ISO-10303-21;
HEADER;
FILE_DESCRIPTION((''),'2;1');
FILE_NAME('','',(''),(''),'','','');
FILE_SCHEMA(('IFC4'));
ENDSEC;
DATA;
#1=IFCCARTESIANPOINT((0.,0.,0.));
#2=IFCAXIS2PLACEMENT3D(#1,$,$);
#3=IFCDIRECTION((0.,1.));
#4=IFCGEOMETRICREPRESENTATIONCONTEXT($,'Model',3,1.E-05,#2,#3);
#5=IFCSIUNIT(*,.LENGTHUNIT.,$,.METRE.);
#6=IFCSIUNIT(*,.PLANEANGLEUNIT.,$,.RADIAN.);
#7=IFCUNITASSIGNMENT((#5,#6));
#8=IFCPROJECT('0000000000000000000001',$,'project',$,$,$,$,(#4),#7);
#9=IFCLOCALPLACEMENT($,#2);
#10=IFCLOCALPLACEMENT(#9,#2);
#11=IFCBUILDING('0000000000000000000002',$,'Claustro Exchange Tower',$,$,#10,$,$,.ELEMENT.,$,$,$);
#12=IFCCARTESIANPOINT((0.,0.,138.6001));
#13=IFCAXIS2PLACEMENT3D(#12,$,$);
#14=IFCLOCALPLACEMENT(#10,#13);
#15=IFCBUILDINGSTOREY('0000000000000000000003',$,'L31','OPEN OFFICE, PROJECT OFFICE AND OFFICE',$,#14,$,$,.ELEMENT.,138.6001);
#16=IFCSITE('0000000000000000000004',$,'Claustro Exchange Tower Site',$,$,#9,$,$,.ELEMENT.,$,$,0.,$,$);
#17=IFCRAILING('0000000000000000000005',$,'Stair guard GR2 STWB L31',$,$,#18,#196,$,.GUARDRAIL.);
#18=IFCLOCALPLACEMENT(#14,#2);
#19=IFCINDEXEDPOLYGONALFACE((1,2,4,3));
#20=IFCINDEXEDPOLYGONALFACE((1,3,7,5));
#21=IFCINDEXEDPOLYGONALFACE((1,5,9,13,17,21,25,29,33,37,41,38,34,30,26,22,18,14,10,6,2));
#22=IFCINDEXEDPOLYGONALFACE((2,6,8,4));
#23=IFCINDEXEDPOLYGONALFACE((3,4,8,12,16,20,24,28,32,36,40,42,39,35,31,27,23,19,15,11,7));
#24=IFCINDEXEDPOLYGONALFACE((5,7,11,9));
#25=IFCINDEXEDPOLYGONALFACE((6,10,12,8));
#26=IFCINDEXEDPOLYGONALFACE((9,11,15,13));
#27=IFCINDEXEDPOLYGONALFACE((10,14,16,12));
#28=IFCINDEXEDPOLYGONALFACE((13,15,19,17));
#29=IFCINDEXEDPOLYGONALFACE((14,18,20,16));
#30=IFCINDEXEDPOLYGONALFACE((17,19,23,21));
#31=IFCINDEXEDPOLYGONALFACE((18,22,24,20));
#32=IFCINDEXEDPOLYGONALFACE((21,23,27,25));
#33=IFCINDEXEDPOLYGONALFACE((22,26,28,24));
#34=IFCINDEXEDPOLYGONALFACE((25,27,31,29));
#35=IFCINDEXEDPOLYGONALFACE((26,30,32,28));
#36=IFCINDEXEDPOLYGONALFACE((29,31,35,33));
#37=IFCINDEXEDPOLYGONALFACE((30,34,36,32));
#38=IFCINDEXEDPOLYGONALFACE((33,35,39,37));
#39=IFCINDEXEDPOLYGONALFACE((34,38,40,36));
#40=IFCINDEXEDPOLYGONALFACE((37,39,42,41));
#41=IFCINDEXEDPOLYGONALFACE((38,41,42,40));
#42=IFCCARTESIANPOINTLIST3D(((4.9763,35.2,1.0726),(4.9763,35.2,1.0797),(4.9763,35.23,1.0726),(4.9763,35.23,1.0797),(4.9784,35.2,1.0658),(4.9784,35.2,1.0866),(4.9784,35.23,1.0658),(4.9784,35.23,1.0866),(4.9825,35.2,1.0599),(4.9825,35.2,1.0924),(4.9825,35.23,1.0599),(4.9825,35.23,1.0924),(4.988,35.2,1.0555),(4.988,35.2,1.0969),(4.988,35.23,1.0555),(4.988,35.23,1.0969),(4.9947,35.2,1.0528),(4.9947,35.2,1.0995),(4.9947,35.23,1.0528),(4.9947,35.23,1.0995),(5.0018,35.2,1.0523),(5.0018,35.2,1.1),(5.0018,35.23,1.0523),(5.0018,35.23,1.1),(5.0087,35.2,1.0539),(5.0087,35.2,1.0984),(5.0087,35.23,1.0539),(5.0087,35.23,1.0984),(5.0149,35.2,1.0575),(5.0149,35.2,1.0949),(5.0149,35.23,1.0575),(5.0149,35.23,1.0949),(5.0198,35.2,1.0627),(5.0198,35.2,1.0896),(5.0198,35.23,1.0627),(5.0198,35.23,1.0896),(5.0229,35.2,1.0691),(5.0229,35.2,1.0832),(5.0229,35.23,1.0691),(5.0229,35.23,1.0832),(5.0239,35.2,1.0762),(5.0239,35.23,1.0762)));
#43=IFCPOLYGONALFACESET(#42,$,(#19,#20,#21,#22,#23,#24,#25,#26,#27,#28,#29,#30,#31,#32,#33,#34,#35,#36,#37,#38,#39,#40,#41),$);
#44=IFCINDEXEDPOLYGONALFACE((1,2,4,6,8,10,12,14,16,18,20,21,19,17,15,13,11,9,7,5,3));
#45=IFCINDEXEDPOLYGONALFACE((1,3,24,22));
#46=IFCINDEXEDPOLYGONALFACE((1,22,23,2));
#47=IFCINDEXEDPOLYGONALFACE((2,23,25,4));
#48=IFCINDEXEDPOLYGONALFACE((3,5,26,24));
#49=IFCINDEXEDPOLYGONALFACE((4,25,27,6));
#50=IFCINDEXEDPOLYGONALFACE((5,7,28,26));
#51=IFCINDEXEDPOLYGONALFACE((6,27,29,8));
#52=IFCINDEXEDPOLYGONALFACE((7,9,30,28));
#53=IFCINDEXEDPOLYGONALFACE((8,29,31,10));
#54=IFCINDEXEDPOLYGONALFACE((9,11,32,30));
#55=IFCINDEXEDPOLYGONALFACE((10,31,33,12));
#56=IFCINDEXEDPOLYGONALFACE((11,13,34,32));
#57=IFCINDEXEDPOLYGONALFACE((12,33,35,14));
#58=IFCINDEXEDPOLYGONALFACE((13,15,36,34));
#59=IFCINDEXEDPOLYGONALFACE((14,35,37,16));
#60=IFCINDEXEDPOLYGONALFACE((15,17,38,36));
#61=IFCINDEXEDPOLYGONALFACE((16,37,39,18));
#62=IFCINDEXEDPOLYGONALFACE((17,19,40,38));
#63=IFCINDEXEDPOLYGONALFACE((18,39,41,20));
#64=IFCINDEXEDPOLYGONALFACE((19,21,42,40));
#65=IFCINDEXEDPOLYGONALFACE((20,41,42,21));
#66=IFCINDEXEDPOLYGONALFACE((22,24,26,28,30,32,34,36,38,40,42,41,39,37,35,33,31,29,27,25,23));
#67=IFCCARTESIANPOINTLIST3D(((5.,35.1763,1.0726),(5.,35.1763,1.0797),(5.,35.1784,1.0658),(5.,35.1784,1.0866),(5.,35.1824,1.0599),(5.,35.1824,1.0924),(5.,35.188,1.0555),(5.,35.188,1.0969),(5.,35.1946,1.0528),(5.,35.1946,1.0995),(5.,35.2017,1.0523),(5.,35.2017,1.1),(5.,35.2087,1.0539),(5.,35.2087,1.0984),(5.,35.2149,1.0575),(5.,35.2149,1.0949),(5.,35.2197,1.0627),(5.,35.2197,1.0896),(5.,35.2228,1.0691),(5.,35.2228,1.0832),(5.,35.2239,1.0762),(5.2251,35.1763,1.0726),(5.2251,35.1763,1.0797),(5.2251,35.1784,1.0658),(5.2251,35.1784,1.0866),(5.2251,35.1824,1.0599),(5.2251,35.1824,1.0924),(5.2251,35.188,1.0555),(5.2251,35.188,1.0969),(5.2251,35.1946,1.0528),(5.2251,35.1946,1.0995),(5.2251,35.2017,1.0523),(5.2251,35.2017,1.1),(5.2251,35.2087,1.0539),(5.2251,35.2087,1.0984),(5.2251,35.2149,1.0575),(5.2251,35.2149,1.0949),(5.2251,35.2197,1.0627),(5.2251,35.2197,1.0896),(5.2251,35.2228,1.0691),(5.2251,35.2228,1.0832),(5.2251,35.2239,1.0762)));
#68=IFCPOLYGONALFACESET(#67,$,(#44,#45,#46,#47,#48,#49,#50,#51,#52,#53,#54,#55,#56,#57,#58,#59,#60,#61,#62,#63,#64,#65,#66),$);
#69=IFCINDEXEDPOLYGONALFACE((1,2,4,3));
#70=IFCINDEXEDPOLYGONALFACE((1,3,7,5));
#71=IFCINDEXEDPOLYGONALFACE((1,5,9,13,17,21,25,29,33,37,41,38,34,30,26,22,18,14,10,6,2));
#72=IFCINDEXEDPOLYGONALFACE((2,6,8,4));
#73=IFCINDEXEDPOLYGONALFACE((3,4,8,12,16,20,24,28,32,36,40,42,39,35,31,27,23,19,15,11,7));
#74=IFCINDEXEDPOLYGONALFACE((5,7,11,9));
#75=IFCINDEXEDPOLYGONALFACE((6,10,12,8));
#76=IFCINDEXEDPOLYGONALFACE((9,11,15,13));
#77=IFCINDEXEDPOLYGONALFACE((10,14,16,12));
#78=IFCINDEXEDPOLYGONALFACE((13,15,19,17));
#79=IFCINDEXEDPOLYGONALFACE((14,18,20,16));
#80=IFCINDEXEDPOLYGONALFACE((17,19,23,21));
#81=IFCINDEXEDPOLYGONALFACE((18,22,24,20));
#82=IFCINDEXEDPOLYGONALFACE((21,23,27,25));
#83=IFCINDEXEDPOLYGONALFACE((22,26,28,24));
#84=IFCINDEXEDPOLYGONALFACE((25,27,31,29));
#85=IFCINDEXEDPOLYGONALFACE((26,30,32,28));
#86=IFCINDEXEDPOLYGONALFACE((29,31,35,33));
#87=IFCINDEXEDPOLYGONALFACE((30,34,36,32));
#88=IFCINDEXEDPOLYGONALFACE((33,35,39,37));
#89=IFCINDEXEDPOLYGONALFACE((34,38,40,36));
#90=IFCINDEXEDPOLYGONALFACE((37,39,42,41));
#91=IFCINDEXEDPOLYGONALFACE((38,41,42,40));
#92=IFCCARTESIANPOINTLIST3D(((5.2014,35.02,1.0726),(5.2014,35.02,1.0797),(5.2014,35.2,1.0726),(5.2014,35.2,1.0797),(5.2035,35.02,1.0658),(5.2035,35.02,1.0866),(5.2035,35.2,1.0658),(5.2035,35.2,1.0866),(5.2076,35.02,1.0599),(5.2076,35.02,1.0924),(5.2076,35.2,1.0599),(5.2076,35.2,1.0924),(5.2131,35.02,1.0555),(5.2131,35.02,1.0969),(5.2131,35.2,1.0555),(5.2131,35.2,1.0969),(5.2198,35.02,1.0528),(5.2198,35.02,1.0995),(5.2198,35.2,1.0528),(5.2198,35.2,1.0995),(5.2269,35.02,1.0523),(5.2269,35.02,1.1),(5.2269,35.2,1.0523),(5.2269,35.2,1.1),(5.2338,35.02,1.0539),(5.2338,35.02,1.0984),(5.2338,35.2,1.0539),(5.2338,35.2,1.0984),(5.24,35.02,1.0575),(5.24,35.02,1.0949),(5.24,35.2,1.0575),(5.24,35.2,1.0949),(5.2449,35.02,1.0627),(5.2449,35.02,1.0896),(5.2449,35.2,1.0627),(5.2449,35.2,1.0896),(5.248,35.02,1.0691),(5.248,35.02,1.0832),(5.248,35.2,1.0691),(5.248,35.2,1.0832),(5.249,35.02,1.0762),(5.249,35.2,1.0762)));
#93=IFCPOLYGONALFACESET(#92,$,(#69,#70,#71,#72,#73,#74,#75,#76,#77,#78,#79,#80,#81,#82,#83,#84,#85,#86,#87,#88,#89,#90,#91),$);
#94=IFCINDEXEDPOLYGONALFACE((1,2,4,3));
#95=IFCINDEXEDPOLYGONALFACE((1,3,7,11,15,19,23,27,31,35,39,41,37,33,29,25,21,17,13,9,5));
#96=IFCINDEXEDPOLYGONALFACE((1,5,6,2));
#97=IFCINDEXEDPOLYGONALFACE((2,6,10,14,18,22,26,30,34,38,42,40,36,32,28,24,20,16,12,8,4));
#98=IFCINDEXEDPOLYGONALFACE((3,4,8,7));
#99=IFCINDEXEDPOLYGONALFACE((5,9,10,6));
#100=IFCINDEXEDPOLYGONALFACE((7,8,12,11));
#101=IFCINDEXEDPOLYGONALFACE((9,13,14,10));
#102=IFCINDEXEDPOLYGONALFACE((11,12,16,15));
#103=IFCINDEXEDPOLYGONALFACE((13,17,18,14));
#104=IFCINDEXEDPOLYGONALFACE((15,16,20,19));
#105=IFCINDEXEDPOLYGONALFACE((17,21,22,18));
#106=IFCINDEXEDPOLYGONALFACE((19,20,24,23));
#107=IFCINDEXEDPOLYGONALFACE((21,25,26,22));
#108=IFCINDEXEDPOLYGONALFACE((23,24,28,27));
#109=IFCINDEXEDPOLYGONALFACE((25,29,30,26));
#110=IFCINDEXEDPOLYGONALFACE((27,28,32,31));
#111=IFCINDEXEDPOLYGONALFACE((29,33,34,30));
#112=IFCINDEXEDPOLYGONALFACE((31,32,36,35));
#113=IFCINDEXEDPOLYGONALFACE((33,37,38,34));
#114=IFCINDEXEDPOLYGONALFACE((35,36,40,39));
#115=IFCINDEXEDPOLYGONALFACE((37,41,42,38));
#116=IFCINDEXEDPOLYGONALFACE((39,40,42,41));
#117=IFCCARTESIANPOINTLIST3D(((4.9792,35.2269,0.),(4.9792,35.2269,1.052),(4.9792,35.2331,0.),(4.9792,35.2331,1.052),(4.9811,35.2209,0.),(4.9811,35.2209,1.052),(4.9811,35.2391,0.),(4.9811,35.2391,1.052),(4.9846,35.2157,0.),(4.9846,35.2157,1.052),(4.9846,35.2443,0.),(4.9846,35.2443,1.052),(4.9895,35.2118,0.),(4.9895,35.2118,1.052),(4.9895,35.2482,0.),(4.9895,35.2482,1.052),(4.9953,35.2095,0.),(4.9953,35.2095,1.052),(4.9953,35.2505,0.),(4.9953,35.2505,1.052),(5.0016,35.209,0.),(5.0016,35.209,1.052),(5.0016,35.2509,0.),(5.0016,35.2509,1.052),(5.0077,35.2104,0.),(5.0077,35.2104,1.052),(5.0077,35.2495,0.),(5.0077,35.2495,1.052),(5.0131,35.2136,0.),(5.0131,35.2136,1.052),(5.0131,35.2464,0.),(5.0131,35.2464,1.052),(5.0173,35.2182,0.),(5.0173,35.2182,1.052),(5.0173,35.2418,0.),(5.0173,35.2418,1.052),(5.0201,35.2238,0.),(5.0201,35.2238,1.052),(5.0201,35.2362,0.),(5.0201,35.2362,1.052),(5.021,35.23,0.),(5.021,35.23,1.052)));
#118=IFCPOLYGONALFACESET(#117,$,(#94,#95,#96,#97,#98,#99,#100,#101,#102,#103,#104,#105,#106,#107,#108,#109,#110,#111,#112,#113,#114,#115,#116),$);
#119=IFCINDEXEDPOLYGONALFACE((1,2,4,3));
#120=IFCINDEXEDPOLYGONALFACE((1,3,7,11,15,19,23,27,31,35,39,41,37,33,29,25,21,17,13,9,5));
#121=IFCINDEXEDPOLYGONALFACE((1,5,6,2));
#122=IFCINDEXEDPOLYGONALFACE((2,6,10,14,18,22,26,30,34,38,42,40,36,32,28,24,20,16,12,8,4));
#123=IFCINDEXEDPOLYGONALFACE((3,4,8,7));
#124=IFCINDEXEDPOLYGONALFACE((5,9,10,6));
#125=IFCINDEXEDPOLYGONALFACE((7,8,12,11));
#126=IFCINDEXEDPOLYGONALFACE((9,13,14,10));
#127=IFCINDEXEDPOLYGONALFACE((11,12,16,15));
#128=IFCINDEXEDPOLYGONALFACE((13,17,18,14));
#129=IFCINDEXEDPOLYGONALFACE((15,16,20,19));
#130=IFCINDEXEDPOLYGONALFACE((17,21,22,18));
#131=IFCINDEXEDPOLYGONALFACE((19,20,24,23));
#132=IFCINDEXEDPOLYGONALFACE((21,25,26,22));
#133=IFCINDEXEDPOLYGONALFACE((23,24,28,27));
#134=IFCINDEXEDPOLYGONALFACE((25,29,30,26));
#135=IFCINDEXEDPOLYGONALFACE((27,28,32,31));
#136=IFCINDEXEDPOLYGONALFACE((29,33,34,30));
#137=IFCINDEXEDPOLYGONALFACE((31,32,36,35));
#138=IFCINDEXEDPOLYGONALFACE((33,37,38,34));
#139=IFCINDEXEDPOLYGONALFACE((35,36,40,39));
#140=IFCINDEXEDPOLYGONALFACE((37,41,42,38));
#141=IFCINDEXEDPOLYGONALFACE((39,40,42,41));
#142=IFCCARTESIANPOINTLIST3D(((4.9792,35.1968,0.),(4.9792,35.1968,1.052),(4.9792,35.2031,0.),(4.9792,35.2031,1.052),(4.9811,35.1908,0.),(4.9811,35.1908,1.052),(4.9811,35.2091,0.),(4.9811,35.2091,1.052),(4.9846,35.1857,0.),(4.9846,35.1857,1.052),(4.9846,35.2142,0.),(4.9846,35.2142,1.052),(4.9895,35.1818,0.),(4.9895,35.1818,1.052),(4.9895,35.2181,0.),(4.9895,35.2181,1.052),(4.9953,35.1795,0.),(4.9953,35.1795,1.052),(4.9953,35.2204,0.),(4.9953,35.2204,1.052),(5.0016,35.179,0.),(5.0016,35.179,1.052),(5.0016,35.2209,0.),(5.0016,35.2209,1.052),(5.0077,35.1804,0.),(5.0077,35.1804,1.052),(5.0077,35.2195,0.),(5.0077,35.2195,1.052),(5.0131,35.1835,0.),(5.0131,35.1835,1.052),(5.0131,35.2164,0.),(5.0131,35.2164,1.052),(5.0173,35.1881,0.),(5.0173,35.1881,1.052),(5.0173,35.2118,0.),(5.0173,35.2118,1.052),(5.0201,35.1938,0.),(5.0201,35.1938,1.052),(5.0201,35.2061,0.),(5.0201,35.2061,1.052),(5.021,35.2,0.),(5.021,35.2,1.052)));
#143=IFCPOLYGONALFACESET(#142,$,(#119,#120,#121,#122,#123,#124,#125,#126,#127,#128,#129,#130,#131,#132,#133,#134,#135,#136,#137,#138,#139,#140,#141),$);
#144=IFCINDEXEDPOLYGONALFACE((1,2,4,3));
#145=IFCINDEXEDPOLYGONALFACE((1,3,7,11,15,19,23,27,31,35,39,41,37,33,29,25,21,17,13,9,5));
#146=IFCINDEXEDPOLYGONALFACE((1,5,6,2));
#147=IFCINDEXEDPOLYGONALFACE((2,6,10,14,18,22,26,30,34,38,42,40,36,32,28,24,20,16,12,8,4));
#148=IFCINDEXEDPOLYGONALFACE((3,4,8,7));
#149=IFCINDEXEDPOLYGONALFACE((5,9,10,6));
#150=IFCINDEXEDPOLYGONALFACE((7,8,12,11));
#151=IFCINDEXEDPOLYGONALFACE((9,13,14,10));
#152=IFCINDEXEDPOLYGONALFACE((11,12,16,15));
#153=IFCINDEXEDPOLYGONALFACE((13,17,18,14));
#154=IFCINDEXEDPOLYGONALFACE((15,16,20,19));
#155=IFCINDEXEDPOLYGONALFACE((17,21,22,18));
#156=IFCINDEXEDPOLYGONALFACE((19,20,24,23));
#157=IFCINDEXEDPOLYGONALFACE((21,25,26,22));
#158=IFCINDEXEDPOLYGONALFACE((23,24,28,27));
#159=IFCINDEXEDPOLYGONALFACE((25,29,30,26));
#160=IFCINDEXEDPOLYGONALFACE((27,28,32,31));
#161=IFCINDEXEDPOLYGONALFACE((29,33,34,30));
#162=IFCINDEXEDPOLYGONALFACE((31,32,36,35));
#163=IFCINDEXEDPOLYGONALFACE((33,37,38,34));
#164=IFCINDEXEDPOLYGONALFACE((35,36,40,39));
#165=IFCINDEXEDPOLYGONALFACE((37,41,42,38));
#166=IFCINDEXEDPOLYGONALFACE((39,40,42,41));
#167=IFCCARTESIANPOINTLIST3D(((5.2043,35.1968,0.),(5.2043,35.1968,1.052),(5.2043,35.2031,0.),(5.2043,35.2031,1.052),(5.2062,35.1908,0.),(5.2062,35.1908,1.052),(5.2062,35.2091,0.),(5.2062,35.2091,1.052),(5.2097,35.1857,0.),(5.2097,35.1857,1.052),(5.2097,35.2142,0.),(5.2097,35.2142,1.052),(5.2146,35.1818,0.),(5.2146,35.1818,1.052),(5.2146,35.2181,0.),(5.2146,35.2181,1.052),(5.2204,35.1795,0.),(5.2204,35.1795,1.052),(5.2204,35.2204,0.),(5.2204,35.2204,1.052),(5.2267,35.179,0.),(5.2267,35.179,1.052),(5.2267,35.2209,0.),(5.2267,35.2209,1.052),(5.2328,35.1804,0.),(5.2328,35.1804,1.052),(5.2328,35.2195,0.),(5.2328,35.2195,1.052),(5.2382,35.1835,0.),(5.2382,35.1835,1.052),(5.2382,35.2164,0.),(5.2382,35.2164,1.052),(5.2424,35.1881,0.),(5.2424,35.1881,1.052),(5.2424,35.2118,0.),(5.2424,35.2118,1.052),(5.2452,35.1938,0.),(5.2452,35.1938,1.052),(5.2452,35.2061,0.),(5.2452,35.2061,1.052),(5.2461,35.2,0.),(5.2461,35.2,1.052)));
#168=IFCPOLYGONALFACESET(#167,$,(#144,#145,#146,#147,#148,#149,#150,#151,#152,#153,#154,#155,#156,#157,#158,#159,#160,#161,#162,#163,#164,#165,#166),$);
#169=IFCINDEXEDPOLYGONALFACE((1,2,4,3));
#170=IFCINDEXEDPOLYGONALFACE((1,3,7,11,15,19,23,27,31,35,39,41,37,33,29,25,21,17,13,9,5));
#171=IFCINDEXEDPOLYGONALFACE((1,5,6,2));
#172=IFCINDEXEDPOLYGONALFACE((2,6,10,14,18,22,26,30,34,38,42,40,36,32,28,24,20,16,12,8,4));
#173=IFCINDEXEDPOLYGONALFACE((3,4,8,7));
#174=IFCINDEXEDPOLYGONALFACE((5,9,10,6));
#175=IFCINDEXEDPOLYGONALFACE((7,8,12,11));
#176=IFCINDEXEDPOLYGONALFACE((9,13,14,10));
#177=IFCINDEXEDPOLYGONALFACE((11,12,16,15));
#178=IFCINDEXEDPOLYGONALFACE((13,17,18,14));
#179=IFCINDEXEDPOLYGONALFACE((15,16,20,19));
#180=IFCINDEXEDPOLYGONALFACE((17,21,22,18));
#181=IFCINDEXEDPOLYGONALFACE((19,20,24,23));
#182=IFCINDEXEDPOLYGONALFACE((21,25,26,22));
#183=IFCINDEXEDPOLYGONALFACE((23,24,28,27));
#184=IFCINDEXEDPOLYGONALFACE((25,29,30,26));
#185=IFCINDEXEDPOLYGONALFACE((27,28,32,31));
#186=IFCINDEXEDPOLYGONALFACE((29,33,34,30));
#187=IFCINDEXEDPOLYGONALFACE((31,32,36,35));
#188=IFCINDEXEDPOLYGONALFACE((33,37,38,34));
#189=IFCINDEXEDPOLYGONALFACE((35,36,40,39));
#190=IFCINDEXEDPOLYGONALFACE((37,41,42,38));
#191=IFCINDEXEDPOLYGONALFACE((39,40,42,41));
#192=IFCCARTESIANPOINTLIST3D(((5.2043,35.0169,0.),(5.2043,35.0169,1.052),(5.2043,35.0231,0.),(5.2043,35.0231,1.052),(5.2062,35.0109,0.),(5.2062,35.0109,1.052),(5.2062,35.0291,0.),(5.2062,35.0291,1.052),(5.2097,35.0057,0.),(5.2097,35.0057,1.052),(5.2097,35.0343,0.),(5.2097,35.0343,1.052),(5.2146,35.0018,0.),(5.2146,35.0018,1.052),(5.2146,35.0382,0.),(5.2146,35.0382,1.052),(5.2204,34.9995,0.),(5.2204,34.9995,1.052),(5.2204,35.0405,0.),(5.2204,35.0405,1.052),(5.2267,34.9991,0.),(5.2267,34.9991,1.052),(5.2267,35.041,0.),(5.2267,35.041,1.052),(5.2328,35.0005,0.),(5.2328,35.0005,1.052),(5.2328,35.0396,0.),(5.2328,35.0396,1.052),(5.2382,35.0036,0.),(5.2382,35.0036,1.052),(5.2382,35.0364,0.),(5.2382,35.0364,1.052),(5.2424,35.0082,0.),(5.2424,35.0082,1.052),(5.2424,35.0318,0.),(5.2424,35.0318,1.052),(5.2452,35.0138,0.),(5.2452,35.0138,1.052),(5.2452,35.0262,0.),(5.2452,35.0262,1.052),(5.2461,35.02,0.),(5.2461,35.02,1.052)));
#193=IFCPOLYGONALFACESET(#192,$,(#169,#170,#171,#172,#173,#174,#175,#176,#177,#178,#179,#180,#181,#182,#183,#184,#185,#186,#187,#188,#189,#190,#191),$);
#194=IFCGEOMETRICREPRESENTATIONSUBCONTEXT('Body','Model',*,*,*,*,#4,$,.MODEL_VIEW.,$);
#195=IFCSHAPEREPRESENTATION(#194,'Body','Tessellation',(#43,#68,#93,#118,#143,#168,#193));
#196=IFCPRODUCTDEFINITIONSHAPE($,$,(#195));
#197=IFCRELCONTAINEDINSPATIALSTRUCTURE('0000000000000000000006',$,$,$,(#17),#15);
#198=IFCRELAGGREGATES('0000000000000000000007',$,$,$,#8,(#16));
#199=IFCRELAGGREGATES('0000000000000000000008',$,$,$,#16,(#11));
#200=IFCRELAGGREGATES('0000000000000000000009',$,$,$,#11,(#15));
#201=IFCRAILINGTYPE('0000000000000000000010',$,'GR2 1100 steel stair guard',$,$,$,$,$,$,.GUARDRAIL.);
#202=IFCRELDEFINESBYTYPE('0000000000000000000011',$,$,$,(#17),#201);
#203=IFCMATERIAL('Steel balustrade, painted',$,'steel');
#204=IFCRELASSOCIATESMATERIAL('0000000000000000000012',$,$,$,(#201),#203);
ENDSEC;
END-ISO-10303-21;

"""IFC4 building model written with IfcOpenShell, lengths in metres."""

from ifc_helpers import new_model, si_unit, direction, frame, origin, origin_2d, place, context, subcontext, project, spatial, circle, extrude, material, type_object, element, save


model = new_model("IFC4")

# Units and contexts
model_context = context("Model", 3, precision=1e-05, world=origin(), true_north=direction((0.0, 1.0)))
body_context = subcontext(model_context, "Body", "Model", "MODEL_VIEW")
ifc_project = project(units=[si_unit("LENGTHUNIT", "METRE"), si_unit("PLANEANGLEUNIT", "RADIAN")], contexts=[model_context])

# Site, building, storey
site_placement = place(None, origin())
site = spatial("IfcSite", under=ifc_project, at=site_placement, Name="Claustro Exchange Tower Site", CompositionType="ELEMENT", RefElevation=0.0)
building_placement = place(site_placement, origin())
building = spatial("IfcBuilding", under=site, at=building_placement, Name="Claustro Exchange Tower", CompositionType="ELEMENT")
storey_placement = place(building_placement, frame((0.0, 0.0, 138.6001)))
storey = spatial("IfcBuildingStorey", under=building, at=storey_placement, Name="L31", Description="OPEN OFFICE, PROJECT OFFICE AND OFFICE", CompositionType="ELEMENT", Elevation=138.6001)

# Railing
ifc_material_1 = material(Name="Steel balustrade, painted", Category="steel")
railing_type_1 = type_object("IfcRailingType", Name="GR2 1100 steel stair guard", PredefinedType="GUARDRAIL", material=ifc_material_1)
railing_1_placement = place(storey_placement, frame((5.0, 35.23, 0.0)))
element("IfcRailing", 1, at=railing_1_placement, inside=storey, type_object=railing_type_1, Name="Stair guard GR2 STWB L31", PredefinedType="GUARDRAIL", context=body_context, shape_type="SweptSolid", body=[
    extrude(circle(Radius=0.0239, at=origin_2d()), frame((0.0, 0.0, 1.0762), z_axis=(0.0, -1.0, 0.0), x_axis=(1.0, 0.0, 0.0)), (0.0, 0.0, 1.0), 0.03),
    extrude(circle(Radius=0.0239, at=origin_2d()), frame((0.0, -0.03, 1.0762), z_axis=(1.0, 0.0, 0.0), x_axis=(0.0, 1.0, 0.0)), (0.0, 0.0, 1.0), 0.2251),
    extrude(circle(Radius=0.0239, at=origin_2d()), frame((0.2251, -0.03, 1.0762), z_axis=(0.0, -1.0, 0.0), x_axis=(1.0, 0.0, 0.0)), (0.0, 0.0, 1.0), 0.1799),
    extrude(circle(Radius=0.021, at=origin_2d()), origin(), (0.0, 0.0, 1.0), 1.052),
    extrude(circle(Radius=0.021, at=origin_2d()), frame((0.0, -0.03, 0.0)), (0.0, 0.0, 1.0), 1.052),
    extrude(circle(Radius=0.021, at=origin_2d()), frame((0.2251, -0.03, 0.0)), (0.0, 0.0, 1.0), 1.052),
    extrude(circle(Radius=0.021, at=origin_2d()), frame((0.2251, -0.21, 0.0)), (0.0, 0.0, 1.0), 1.052),
])

save(model, "model.ifc")
